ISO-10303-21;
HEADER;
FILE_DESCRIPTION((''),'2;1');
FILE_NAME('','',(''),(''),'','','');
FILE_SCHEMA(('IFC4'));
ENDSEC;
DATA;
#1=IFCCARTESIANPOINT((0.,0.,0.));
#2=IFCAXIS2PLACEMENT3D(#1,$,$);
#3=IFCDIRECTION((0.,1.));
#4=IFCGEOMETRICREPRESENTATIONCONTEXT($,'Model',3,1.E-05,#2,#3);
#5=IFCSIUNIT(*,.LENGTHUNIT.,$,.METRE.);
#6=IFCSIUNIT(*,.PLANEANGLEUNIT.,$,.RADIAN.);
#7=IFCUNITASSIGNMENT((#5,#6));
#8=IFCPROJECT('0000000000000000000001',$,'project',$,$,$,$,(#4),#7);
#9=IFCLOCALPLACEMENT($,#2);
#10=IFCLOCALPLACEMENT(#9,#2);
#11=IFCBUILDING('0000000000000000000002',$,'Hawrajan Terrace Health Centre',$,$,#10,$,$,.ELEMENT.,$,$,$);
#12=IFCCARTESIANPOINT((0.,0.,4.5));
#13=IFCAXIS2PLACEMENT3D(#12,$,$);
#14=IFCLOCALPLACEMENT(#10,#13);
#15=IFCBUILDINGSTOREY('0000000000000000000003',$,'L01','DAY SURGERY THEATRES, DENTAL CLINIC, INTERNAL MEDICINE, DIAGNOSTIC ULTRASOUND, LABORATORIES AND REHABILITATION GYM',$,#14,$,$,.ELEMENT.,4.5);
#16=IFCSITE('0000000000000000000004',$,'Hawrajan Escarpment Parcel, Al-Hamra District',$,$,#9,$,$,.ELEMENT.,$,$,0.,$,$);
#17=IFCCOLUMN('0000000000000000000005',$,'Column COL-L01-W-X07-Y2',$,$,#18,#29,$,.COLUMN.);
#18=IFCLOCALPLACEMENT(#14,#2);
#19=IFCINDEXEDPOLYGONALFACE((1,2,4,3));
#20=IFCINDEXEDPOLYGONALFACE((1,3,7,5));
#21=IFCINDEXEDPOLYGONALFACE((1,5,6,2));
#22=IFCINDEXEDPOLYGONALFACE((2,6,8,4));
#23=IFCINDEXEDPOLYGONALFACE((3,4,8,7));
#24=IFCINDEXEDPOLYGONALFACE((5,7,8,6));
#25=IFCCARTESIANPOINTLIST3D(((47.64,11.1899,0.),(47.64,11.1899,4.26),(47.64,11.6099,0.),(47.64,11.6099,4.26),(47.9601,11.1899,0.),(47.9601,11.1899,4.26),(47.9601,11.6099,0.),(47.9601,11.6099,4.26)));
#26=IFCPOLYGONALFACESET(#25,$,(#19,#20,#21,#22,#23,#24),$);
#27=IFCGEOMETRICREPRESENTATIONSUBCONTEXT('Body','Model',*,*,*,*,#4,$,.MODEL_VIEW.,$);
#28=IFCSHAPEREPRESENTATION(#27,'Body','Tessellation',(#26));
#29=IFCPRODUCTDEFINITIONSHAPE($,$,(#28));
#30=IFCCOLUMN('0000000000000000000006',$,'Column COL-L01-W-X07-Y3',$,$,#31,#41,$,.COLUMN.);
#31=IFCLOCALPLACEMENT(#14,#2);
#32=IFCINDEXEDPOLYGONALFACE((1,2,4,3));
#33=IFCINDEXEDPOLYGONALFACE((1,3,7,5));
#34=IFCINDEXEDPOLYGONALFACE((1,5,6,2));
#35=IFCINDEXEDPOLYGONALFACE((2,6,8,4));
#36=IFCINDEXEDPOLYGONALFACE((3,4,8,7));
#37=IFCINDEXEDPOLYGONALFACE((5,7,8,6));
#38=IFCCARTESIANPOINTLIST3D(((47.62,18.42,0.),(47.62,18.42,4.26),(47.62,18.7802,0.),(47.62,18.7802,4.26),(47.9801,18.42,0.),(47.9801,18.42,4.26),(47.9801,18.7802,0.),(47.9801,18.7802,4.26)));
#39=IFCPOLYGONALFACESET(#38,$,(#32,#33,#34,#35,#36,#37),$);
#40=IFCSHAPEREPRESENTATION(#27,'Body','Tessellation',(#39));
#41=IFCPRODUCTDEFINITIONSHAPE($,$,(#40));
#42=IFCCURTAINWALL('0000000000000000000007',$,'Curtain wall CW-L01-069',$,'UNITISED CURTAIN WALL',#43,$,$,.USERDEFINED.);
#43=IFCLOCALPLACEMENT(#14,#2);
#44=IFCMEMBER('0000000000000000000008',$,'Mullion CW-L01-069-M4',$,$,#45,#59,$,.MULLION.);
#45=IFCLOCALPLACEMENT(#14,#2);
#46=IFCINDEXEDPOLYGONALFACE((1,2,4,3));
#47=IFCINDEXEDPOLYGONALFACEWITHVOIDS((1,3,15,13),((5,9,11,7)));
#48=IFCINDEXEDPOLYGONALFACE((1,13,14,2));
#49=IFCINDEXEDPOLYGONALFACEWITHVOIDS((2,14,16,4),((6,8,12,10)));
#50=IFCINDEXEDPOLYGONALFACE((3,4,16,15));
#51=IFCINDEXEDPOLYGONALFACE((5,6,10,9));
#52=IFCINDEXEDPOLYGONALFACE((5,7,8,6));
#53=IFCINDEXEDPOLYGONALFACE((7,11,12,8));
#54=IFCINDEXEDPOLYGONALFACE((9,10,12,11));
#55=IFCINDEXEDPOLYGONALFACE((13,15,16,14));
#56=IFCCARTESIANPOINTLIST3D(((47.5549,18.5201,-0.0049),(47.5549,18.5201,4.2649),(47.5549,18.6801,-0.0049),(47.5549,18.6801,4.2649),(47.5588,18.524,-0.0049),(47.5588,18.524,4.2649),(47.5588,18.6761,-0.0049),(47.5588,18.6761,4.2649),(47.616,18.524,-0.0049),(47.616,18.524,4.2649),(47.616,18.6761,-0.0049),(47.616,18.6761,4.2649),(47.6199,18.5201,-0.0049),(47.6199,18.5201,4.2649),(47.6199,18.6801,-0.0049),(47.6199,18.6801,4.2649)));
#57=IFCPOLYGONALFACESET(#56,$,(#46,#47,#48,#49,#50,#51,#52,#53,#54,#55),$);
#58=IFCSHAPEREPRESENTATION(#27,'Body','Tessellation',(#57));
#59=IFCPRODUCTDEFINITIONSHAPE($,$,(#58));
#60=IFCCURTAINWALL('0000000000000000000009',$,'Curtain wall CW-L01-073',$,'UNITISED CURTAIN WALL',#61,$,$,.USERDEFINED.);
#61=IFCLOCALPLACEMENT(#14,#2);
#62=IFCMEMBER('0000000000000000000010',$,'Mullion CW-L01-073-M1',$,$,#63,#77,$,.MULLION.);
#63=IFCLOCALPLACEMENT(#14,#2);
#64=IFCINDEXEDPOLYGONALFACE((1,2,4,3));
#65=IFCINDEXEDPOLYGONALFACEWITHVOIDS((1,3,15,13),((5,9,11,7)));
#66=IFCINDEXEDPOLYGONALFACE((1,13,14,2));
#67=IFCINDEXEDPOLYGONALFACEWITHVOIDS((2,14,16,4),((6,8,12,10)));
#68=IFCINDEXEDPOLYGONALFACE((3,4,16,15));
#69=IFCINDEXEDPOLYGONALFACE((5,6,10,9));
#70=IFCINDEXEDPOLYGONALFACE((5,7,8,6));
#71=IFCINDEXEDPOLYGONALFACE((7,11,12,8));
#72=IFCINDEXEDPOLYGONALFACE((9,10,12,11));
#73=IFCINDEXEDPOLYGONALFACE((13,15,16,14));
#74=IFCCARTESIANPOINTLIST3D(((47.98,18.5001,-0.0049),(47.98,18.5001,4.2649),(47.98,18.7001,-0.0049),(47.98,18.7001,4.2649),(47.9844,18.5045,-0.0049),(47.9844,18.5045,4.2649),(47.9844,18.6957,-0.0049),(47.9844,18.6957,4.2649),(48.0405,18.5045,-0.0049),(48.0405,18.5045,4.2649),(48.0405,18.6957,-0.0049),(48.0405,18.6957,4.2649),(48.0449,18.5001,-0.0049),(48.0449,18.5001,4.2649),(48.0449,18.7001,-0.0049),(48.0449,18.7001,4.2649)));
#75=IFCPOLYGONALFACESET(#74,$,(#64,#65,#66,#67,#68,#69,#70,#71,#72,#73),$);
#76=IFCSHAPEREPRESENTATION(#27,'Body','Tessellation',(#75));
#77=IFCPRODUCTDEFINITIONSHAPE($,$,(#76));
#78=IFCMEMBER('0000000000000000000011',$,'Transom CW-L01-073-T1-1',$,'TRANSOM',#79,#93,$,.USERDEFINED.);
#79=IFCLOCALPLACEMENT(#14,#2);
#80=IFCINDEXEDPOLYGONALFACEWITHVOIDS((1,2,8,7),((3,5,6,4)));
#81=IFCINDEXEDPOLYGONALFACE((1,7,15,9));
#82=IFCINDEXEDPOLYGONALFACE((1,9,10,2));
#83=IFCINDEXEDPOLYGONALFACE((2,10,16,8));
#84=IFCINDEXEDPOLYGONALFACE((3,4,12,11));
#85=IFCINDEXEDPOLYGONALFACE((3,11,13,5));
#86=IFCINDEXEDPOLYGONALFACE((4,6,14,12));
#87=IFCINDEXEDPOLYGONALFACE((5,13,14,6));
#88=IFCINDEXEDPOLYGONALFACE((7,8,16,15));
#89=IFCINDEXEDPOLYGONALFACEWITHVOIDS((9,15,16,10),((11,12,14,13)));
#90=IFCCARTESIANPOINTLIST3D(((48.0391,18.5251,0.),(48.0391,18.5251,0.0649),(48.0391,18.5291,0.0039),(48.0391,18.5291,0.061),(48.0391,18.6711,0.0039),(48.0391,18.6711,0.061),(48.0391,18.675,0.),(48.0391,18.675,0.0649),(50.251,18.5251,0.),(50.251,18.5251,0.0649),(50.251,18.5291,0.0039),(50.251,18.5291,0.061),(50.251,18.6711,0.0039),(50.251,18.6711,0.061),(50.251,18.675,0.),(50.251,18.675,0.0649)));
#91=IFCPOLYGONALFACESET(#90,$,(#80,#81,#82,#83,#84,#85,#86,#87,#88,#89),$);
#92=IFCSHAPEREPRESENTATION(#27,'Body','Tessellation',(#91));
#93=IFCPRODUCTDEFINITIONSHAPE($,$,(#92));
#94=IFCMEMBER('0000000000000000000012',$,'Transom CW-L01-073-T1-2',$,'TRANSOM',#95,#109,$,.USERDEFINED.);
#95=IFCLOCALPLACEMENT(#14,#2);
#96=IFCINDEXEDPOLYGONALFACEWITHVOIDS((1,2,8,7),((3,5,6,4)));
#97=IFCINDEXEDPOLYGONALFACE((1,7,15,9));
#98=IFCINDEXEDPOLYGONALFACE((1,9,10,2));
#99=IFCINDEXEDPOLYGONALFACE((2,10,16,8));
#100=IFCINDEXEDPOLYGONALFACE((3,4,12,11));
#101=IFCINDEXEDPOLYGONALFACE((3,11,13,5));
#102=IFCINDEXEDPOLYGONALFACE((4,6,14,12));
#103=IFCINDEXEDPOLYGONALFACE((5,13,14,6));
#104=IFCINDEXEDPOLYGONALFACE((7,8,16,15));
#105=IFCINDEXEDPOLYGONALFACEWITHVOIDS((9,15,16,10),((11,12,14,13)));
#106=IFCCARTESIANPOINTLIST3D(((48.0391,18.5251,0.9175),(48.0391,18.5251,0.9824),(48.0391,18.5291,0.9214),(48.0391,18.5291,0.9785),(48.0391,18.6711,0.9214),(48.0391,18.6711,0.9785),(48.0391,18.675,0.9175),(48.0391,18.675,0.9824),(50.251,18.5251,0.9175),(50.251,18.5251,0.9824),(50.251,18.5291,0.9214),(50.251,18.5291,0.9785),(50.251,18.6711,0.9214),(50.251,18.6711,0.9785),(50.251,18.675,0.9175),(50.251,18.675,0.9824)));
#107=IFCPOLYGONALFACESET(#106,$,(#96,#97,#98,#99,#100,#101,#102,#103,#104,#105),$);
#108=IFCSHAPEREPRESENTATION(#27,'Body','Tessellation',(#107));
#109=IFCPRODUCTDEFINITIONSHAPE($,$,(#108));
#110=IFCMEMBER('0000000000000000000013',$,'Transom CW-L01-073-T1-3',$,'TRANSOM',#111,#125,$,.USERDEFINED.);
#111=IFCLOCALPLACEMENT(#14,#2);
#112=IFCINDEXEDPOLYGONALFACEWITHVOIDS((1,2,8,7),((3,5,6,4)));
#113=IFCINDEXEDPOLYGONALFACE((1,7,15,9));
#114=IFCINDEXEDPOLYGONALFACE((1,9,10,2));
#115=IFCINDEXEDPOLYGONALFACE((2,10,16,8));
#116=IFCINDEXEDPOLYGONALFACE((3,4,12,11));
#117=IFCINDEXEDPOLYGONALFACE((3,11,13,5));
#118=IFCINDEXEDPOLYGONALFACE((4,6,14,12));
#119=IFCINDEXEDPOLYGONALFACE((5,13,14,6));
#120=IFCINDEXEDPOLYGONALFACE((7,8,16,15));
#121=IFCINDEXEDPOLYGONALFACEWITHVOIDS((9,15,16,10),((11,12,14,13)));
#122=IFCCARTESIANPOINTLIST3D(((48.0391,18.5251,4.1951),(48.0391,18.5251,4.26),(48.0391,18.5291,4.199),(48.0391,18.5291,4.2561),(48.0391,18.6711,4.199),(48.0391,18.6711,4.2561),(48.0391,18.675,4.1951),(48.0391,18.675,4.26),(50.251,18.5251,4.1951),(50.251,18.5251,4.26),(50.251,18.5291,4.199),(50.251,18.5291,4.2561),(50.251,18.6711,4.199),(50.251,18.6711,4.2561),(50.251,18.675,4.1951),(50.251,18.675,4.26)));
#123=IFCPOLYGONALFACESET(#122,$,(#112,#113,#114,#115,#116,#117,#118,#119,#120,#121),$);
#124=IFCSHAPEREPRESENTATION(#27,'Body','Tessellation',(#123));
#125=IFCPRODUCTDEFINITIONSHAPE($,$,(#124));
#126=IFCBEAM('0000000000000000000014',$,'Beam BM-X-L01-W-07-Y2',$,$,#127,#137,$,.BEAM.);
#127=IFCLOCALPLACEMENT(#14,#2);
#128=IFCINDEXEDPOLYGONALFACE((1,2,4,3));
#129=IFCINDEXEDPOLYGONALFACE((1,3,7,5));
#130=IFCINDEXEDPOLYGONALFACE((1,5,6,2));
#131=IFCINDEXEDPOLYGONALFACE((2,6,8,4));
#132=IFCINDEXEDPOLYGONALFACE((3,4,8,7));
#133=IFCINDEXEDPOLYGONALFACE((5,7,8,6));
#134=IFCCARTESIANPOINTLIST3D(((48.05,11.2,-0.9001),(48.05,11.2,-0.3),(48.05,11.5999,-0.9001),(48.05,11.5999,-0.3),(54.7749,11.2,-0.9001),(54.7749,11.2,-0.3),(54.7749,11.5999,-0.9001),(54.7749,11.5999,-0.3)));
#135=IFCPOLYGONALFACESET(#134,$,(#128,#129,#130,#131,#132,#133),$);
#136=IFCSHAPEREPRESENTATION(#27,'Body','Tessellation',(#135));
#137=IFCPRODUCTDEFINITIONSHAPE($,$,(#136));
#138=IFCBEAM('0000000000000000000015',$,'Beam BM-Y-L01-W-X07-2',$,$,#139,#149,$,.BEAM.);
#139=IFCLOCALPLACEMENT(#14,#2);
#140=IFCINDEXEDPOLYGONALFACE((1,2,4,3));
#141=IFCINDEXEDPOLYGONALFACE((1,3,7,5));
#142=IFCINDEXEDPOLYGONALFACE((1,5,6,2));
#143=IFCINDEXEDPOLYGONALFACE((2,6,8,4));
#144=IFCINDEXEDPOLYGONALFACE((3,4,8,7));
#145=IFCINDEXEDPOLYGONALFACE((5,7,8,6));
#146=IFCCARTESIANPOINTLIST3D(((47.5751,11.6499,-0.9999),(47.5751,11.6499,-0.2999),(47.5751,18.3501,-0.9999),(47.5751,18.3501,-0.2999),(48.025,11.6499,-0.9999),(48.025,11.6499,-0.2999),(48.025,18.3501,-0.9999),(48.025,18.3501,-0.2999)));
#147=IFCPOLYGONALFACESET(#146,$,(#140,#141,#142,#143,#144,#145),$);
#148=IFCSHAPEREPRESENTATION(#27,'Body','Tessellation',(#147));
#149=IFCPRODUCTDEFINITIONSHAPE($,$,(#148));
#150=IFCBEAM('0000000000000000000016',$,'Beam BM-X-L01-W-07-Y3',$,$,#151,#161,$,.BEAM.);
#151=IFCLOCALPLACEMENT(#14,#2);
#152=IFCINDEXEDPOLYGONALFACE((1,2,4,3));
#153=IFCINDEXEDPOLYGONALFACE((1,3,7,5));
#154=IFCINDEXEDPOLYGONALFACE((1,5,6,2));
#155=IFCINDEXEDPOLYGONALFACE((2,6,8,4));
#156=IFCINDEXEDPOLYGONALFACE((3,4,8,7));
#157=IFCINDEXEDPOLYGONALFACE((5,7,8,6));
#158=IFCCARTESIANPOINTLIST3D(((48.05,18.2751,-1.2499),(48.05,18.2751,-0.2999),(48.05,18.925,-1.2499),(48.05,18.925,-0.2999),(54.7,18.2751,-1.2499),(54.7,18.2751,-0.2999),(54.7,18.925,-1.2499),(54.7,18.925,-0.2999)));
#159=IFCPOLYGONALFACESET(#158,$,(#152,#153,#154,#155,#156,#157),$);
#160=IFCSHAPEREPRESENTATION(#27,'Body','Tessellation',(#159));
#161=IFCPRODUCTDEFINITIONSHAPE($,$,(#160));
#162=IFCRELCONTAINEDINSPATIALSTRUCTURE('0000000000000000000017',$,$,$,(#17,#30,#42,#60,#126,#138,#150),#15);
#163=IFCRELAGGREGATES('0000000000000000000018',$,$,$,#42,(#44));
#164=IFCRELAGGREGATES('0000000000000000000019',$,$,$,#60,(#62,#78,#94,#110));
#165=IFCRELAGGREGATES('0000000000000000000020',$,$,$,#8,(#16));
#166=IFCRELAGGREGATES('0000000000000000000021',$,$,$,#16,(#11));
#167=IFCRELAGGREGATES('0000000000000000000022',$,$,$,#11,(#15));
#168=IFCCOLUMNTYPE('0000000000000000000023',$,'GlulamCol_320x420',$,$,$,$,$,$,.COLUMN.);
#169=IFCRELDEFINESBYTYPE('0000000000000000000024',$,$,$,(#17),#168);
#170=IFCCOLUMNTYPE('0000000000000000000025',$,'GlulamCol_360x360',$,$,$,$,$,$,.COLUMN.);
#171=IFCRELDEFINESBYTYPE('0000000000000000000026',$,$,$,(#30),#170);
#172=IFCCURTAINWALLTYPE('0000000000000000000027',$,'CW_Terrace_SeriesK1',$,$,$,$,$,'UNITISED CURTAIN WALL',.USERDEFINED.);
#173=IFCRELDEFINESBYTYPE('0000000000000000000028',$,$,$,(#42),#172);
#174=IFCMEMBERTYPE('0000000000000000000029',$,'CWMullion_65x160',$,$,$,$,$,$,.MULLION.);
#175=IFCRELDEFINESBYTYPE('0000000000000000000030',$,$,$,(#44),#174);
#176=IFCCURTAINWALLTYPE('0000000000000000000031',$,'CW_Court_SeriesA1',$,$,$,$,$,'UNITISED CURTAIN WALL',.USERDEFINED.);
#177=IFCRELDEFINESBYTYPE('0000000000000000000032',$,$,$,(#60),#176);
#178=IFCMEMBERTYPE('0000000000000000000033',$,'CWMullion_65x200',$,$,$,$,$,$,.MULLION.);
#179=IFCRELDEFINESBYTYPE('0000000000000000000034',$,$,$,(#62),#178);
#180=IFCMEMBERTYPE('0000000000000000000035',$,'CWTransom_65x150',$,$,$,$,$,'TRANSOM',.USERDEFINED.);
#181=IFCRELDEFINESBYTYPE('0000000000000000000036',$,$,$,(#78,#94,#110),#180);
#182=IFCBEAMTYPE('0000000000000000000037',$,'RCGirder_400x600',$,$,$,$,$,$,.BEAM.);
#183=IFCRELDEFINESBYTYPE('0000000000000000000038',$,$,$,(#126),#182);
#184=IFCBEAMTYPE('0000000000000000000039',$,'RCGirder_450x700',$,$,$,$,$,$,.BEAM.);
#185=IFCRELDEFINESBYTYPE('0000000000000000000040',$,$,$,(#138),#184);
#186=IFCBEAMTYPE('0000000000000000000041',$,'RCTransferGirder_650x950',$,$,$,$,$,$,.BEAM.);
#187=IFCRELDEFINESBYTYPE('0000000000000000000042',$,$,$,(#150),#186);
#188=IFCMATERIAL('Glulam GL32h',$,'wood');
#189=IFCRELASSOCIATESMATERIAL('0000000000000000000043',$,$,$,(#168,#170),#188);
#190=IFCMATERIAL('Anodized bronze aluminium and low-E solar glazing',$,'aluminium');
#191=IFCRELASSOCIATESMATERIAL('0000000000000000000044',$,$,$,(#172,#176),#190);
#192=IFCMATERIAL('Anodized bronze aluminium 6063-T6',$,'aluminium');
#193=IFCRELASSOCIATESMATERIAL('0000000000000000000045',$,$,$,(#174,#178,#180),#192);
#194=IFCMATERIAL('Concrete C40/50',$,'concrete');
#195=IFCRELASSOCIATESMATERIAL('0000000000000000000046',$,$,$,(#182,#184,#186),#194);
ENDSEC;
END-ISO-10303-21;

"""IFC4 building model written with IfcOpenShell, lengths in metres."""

from ifc_helpers import new_model, si_unit, direction, frame, origin, origin_2d, place, context, subcontext, project, spatial, rectangle, hollow_rectangle, extrude, material, material_profile, profile_set, type_object, element, aggregate, save


model = new_model("IFC4")

# Units and contexts
model_context = context("Model", 3, precision=1e-05, world=origin(), true_north=direction((0.0, 1.0)))
body_context = subcontext(model_context, "Body", "Model", "MODEL_VIEW")
ifc_project = project(units=[si_unit("LENGTHUNIT", "METRE"), si_unit("PLANEANGLEUNIT", "RADIAN")], contexts=[model_context])

# Site, building, storey
site_placement = place(None, origin())
site = spatial("IfcSite", under=ifc_project, at=site_placement, Name="Hawrajan Escarpment Parcel, Al-Hamra District", CompositionType="ELEMENT", RefElevation=0.0)
building_placement = place(site_placement, origin())
building = spatial("IfcBuilding", under=site, at=building_placement, Name="Hawrajan Terrace Health Centre", CompositionType="ELEMENT")
storey_placement = place(building_placement, frame((0.0, 0.0, 4.5)))
storey = spatial("IfcBuildingStorey", under=building, at=storey_placement, Name="L01", Description="DAY SURGERY THEATRES, DENTAL CLINIC, INTERNAL MEDICINE, DIAGNOSTIC ULTRASOUND, LABORATORIES AND REHABILITATION GYM", CompositionType="ELEMENT", Elevation=4.5)

# Columns
ifc_material_1 = material(Name="Glulam GL32h", Category="wood")
ifc_material_profile_1 = material_profile(ifc_material_1, rectangle(XDim=0.3201, YDim=0.4199, at=origin_2d()), Name="GL 320x420")
ifc_profile_set_1 = profile_set([ifc_material_profile_1], Name="Glulam GL32h")
column_type_1 = type_object("IfcColumnType", Name="GlulamCol_320x420", PredefinedType="COLUMN", material=ifc_profile_set_1)
column_1_placement = place(storey_placement, frame((47.8, 11.3999, 0.0), z_axis=(0.0, 0.0, 1.0), x_axis=(1.0, 0.0, 0.0)))
element("IfcColumn", 1, at=column_1_placement, inside=storey, type_object=column_type_1, Name="Column COL-L01-W-X07-Y2", PredefinedType="COLUMN", context=body_context, shape_type="SweptSolid", body=[
    extrude(rectangle(XDim=0.3201, YDim=0.4199, at=origin_2d()), origin(), (0.0, 0.0, 1.0), 4.26),
])
ifc_material_profile_2 = material_profile(ifc_material_1, rectangle(XDim=0.3601, YDim=0.3601, at=origin_2d()), Name="GL 360x360")
ifc_profile_set_2 = profile_set([ifc_material_profile_2], Name="Glulam GL32h")
column_type_2 = type_object("IfcColumnType", Name="GlulamCol_360x360", PredefinedType="COLUMN", material=ifc_profile_set_2)
column_2_placement = place(storey_placement, frame((47.8, 18.6001, 0.0), z_axis=(0.0, 0.0, 1.0), x_axis=(1.0, 0.0, 0.0)))
element("IfcColumn", 2, at=column_2_placement, inside=storey, type_object=column_type_2, Name="Column COL-L01-W-X07-Y3", PredefinedType="COLUMN", context=body_context, shape_type="SweptSolid", body=[
    extrude(rectangle(XDim=0.3601, YDim=0.3601, at=origin_2d()), origin(), (0.0, 0.0, 1.0), 4.26),
])

# Curtain wall, member
ifc_material_2 = material(Name="Anodized bronze aluminium and low-E solar glazing", Category="aluminium")
curtain_wall_type_1 = type_object("IfcCurtainWallType", Name="CW_Terrace_SeriesK1", ElementType="UNITISED CURTAIN WALL", PredefinedType="USERDEFINED", material=ifc_material_2)
curtain_wall_1_placement = place(storey_placement, origin())
curtain_wall_1 = element("IfcCurtainWall", 3, at=curtain_wall_1_placement, inside=storey, type_object=curtain_wall_type_1, Name="Curtain wall CW-L01-069", ObjectType="UNITISED CURTAIN WALL", PredefinedType="USERDEFINED")
ifc_material_3 = material(Name="Anodized bronze aluminium 6063-T6", Category="aluminium")
ifc_material_profile_3 = material_profile(ifc_material_3, hollow_rectangle(XDim=0.0649, YDim=0.1599, WallThickness=0.0039, at=origin_2d()), Name="CW MUL 65x160")
ifc_profile_set_3 = profile_set([ifc_material_profile_3], Name="Anodized bronze aluminium 6063-T6")
member_type_1 = type_object("IfcMemberType", Name="CWMullion_65x160", PredefinedType="MULLION", material=ifc_profile_set_3)
member_1_placement = place(storey_placement, frame((47.5874, 18.6001, -0.0049), z_axis=(0.0, 0.0, 1.0), x_axis=(1.0, 0.0, 0.0)))
member_1 = element("IfcMember", 4, at=member_1_placement, type_object=member_type_1, Name="Mullion CW-L01-069-M4", PredefinedType="MULLION", context=body_context, shape_type="SweptSolid", body=[
    extrude(hollow_rectangle(XDim=0.0649, YDim=0.1599, WallThickness=0.0039, at=origin_2d()), origin(), (0.0, 0.0, 1.0), 4.2698),
])
aggregate(curtain_wall_1, [member_1])

# Curtain wall, members
curtain_wall_type_2 = type_object("IfcCurtainWallType", Name="CW_Court_SeriesA1", ElementType="UNITISED CURTAIN WALL", PredefinedType="USERDEFINED", material=ifc_material_2)
curtain_wall_2_placement = place(storey_placement, origin())
curtain_wall_2 = element("IfcCurtainWall", 5, at=curtain_wall_2_placement, inside=storey, type_object=curtain_wall_type_2, Name="Curtain wall CW-L01-073", ObjectType="UNITISED CURTAIN WALL", PredefinedType="USERDEFINED")
ifc_material_profile_4 = material_profile(ifc_material_3, hollow_rectangle(XDim=0.0649, YDim=0.2, WallThickness=0.0044, at=origin_2d()), Name="CW MUL 65x200")
ifc_profile_set_4 = profile_set([ifc_material_profile_4], Name="Anodized bronze aluminium 6063-T6")
member_type_2 = type_object("IfcMemberType", Name="CWMullion_65x200", PredefinedType="MULLION", material=ifc_profile_set_4)
member_2_placement = place(storey_placement, frame((48.0125, 18.6001, -0.0049), z_axis=(0.0, 0.0, 1.0), x_axis=(1.0, 0.0, 0.0)))
member_2 = element("IfcMember", 6, at=member_2_placement, type_object=member_type_2, Name="Mullion CW-L01-073-M1", PredefinedType="MULLION", context=body_context, shape_type="SweptSolid", body=[
    extrude(hollow_rectangle(XDim=0.0649, YDim=0.2, WallThickness=0.0044, at=origin_2d()), origin(), (0.0, 0.0, 1.0), 4.2698),
])
ifc_material_profile_5 = material_profile(ifc_material_3, hollow_rectangle(XDim=0.0649, YDim=0.1499, WallThickness=0.0039, at=origin_2d()), Name="CW TRN 65x150")
ifc_profile_set_5 = profile_set([ifc_material_profile_5], Name="Anodized bronze aluminium 6063-T6")
member_type_3 = type_object("IfcMemberType", Name="CWTransom_65x150", ElementType="TRANSOM", PredefinedType="USERDEFINED", material=ifc_profile_set_5)
member_3_placement = place(storey_placement, frame((48.0391, 18.6001, 0.0325), z_axis=(1.0, 0.0, 0.0), x_axis=(0.0, 0.0, 1.0)))
member_3 = element("IfcMember", 7, at=member_3_placement, type_object=member_type_3, Name="Transom CW-L01-073-T1-1", ObjectType="TRANSOM", PredefinedType="USERDEFINED", context=body_context, shape_type="SweptSolid", body=[
    extrude(hollow_rectangle(XDim=0.0649, YDim=0.1499, WallThickness=0.0039, at=origin_2d()), origin(), (0.0, 0.0, 1.0), 2.2119),
])
member_4_placement = place(storey_placement, frame((48.0391, 18.6001, 0.95), z_axis=(1.0, 0.0, 0.0), x_axis=(0.0, 0.0, 1.0)))
member_4 = element("IfcMember", 8, at=member_4_placement, type_object=member_type_3, Name="Transom CW-L01-073-T1-2", ObjectType="TRANSOM", PredefinedType="USERDEFINED", context=body_context, shape_type="SweptSolid", body=[
    extrude(hollow_rectangle(XDim=0.0649, YDim=0.1499, WallThickness=0.0039, at=origin_2d()), origin(), (0.0, 0.0, 1.0), 2.2119),
])
member_5_placement = place(storey_placement, frame((48.0391, 18.6001, 4.2275), z_axis=(1.0, 0.0, 0.0), x_axis=(0.0, 0.0, 1.0)))
member_5 = element("IfcMember", 9, at=member_5_placement, type_object=member_type_3, Name="Transom CW-L01-073-T1-3", ObjectType="TRANSOM", PredefinedType="USERDEFINED", context=body_context, shape_type="SweptSolid", body=[
    extrude(hollow_rectangle(XDim=0.0649, YDim=0.1499, WallThickness=0.0039, at=origin_2d()), origin(), (0.0, 0.0, 1.0), 2.2119),
])

# Beams
ifc_material_4 = material(Name="Concrete C40/50", Category="concrete")
ifc_material_profile_6 = material_profile(ifc_material_4, rectangle(XDim=0.3999, YDim=0.6001, at=origin_2d()), Name="RC BM 400x600")
ifc_profile_set_6 = profile_set([ifc_material_profile_6], Name="Concrete C40/50")
beam_type_1 = type_object("IfcBeamType", Name="RCGirder_400x600", PredefinedType="BEAM", material=ifc_profile_set_6)
beam_1_placement = place(storey_placement, frame((48.05, 11.3999, -0.6001), z_axis=(1.0, 0.0, 0.0), x_axis=(0.0, 1.0, 0.0)))
element("IfcBeam", 10, at=beam_1_placement, inside=storey, type_object=beam_type_1, Name="Beam BM-X-L01-W-07-Y2", PredefinedType="BEAM", context=body_context, shape_type="SweptSolid", body=[
    extrude(rectangle(XDim=0.3999, YDim=0.6001, at=origin_2d()), origin(), (0.0, 0.0, 1.0), 6.7249),
])
ifc_material_profile_7 = material_profile(ifc_material_4, rectangle(XDim=0.45, YDim=0.7, at=origin_2d()), Name="RC BM 450x700")
ifc_profile_set_7 = profile_set([ifc_material_profile_7], Name="Concrete C40/50")
beam_type_2 = type_object("IfcBeamType", Name="RCGirder_450x700", PredefinedType="BEAM", material=ifc_profile_set_7)
beam_2_placement = place(storey_placement, frame((47.8, 11.6499, -0.6499), z_axis=(0.0, 1.0, 0.0), x_axis=(-1.0, 0.0, 0.0)))
element("IfcBeam", 11, at=beam_2_placement, inside=storey, type_object=beam_type_2, Name="Beam BM-Y-L01-W-X07-2", PredefinedType="BEAM", context=body_context, shape_type="SweptSolid", body=[
    extrude(rectangle(XDim=0.45, YDim=0.7, at=origin_2d()), origin(), (0.0, 0.0, 1.0), 6.7002),
])
ifc_material_profile_8 = material_profile(ifc_material_4, rectangle(XDim=0.6499, YDim=0.95, at=origin_2d()), Name="RC TG 650x950")
ifc_profile_set_8 = profile_set([ifc_material_profile_8], Name="Concrete C40/50")
beam_type_3 = type_object("IfcBeamType", Name="RCTransferGirder_650x950", PredefinedType="BEAM", material=ifc_profile_set_8)
beam_3_placement = place(storey_placement, frame((48.05, 18.6001, -0.7749), z_axis=(1.0, 0.0, 0.0), x_axis=(0.0, 1.0, 0.0)))
element("IfcBeam", 12, at=beam_3_placement, inside=storey, type_object=beam_type_3, Name="Beam BM-X-L01-W-07-Y3", PredefinedType="BEAM", context=body_context, shape_type="SweptSolid", body=[
    extrude(rectangle(XDim=0.6499, YDim=0.95, at=origin_2d()), origin(), (0.0, 0.0, 1.0), 6.6499),
])

aggregate(curtain_wall_2, [member_2, member_3, member_4, member_5])

save(model, "model.ifc")
